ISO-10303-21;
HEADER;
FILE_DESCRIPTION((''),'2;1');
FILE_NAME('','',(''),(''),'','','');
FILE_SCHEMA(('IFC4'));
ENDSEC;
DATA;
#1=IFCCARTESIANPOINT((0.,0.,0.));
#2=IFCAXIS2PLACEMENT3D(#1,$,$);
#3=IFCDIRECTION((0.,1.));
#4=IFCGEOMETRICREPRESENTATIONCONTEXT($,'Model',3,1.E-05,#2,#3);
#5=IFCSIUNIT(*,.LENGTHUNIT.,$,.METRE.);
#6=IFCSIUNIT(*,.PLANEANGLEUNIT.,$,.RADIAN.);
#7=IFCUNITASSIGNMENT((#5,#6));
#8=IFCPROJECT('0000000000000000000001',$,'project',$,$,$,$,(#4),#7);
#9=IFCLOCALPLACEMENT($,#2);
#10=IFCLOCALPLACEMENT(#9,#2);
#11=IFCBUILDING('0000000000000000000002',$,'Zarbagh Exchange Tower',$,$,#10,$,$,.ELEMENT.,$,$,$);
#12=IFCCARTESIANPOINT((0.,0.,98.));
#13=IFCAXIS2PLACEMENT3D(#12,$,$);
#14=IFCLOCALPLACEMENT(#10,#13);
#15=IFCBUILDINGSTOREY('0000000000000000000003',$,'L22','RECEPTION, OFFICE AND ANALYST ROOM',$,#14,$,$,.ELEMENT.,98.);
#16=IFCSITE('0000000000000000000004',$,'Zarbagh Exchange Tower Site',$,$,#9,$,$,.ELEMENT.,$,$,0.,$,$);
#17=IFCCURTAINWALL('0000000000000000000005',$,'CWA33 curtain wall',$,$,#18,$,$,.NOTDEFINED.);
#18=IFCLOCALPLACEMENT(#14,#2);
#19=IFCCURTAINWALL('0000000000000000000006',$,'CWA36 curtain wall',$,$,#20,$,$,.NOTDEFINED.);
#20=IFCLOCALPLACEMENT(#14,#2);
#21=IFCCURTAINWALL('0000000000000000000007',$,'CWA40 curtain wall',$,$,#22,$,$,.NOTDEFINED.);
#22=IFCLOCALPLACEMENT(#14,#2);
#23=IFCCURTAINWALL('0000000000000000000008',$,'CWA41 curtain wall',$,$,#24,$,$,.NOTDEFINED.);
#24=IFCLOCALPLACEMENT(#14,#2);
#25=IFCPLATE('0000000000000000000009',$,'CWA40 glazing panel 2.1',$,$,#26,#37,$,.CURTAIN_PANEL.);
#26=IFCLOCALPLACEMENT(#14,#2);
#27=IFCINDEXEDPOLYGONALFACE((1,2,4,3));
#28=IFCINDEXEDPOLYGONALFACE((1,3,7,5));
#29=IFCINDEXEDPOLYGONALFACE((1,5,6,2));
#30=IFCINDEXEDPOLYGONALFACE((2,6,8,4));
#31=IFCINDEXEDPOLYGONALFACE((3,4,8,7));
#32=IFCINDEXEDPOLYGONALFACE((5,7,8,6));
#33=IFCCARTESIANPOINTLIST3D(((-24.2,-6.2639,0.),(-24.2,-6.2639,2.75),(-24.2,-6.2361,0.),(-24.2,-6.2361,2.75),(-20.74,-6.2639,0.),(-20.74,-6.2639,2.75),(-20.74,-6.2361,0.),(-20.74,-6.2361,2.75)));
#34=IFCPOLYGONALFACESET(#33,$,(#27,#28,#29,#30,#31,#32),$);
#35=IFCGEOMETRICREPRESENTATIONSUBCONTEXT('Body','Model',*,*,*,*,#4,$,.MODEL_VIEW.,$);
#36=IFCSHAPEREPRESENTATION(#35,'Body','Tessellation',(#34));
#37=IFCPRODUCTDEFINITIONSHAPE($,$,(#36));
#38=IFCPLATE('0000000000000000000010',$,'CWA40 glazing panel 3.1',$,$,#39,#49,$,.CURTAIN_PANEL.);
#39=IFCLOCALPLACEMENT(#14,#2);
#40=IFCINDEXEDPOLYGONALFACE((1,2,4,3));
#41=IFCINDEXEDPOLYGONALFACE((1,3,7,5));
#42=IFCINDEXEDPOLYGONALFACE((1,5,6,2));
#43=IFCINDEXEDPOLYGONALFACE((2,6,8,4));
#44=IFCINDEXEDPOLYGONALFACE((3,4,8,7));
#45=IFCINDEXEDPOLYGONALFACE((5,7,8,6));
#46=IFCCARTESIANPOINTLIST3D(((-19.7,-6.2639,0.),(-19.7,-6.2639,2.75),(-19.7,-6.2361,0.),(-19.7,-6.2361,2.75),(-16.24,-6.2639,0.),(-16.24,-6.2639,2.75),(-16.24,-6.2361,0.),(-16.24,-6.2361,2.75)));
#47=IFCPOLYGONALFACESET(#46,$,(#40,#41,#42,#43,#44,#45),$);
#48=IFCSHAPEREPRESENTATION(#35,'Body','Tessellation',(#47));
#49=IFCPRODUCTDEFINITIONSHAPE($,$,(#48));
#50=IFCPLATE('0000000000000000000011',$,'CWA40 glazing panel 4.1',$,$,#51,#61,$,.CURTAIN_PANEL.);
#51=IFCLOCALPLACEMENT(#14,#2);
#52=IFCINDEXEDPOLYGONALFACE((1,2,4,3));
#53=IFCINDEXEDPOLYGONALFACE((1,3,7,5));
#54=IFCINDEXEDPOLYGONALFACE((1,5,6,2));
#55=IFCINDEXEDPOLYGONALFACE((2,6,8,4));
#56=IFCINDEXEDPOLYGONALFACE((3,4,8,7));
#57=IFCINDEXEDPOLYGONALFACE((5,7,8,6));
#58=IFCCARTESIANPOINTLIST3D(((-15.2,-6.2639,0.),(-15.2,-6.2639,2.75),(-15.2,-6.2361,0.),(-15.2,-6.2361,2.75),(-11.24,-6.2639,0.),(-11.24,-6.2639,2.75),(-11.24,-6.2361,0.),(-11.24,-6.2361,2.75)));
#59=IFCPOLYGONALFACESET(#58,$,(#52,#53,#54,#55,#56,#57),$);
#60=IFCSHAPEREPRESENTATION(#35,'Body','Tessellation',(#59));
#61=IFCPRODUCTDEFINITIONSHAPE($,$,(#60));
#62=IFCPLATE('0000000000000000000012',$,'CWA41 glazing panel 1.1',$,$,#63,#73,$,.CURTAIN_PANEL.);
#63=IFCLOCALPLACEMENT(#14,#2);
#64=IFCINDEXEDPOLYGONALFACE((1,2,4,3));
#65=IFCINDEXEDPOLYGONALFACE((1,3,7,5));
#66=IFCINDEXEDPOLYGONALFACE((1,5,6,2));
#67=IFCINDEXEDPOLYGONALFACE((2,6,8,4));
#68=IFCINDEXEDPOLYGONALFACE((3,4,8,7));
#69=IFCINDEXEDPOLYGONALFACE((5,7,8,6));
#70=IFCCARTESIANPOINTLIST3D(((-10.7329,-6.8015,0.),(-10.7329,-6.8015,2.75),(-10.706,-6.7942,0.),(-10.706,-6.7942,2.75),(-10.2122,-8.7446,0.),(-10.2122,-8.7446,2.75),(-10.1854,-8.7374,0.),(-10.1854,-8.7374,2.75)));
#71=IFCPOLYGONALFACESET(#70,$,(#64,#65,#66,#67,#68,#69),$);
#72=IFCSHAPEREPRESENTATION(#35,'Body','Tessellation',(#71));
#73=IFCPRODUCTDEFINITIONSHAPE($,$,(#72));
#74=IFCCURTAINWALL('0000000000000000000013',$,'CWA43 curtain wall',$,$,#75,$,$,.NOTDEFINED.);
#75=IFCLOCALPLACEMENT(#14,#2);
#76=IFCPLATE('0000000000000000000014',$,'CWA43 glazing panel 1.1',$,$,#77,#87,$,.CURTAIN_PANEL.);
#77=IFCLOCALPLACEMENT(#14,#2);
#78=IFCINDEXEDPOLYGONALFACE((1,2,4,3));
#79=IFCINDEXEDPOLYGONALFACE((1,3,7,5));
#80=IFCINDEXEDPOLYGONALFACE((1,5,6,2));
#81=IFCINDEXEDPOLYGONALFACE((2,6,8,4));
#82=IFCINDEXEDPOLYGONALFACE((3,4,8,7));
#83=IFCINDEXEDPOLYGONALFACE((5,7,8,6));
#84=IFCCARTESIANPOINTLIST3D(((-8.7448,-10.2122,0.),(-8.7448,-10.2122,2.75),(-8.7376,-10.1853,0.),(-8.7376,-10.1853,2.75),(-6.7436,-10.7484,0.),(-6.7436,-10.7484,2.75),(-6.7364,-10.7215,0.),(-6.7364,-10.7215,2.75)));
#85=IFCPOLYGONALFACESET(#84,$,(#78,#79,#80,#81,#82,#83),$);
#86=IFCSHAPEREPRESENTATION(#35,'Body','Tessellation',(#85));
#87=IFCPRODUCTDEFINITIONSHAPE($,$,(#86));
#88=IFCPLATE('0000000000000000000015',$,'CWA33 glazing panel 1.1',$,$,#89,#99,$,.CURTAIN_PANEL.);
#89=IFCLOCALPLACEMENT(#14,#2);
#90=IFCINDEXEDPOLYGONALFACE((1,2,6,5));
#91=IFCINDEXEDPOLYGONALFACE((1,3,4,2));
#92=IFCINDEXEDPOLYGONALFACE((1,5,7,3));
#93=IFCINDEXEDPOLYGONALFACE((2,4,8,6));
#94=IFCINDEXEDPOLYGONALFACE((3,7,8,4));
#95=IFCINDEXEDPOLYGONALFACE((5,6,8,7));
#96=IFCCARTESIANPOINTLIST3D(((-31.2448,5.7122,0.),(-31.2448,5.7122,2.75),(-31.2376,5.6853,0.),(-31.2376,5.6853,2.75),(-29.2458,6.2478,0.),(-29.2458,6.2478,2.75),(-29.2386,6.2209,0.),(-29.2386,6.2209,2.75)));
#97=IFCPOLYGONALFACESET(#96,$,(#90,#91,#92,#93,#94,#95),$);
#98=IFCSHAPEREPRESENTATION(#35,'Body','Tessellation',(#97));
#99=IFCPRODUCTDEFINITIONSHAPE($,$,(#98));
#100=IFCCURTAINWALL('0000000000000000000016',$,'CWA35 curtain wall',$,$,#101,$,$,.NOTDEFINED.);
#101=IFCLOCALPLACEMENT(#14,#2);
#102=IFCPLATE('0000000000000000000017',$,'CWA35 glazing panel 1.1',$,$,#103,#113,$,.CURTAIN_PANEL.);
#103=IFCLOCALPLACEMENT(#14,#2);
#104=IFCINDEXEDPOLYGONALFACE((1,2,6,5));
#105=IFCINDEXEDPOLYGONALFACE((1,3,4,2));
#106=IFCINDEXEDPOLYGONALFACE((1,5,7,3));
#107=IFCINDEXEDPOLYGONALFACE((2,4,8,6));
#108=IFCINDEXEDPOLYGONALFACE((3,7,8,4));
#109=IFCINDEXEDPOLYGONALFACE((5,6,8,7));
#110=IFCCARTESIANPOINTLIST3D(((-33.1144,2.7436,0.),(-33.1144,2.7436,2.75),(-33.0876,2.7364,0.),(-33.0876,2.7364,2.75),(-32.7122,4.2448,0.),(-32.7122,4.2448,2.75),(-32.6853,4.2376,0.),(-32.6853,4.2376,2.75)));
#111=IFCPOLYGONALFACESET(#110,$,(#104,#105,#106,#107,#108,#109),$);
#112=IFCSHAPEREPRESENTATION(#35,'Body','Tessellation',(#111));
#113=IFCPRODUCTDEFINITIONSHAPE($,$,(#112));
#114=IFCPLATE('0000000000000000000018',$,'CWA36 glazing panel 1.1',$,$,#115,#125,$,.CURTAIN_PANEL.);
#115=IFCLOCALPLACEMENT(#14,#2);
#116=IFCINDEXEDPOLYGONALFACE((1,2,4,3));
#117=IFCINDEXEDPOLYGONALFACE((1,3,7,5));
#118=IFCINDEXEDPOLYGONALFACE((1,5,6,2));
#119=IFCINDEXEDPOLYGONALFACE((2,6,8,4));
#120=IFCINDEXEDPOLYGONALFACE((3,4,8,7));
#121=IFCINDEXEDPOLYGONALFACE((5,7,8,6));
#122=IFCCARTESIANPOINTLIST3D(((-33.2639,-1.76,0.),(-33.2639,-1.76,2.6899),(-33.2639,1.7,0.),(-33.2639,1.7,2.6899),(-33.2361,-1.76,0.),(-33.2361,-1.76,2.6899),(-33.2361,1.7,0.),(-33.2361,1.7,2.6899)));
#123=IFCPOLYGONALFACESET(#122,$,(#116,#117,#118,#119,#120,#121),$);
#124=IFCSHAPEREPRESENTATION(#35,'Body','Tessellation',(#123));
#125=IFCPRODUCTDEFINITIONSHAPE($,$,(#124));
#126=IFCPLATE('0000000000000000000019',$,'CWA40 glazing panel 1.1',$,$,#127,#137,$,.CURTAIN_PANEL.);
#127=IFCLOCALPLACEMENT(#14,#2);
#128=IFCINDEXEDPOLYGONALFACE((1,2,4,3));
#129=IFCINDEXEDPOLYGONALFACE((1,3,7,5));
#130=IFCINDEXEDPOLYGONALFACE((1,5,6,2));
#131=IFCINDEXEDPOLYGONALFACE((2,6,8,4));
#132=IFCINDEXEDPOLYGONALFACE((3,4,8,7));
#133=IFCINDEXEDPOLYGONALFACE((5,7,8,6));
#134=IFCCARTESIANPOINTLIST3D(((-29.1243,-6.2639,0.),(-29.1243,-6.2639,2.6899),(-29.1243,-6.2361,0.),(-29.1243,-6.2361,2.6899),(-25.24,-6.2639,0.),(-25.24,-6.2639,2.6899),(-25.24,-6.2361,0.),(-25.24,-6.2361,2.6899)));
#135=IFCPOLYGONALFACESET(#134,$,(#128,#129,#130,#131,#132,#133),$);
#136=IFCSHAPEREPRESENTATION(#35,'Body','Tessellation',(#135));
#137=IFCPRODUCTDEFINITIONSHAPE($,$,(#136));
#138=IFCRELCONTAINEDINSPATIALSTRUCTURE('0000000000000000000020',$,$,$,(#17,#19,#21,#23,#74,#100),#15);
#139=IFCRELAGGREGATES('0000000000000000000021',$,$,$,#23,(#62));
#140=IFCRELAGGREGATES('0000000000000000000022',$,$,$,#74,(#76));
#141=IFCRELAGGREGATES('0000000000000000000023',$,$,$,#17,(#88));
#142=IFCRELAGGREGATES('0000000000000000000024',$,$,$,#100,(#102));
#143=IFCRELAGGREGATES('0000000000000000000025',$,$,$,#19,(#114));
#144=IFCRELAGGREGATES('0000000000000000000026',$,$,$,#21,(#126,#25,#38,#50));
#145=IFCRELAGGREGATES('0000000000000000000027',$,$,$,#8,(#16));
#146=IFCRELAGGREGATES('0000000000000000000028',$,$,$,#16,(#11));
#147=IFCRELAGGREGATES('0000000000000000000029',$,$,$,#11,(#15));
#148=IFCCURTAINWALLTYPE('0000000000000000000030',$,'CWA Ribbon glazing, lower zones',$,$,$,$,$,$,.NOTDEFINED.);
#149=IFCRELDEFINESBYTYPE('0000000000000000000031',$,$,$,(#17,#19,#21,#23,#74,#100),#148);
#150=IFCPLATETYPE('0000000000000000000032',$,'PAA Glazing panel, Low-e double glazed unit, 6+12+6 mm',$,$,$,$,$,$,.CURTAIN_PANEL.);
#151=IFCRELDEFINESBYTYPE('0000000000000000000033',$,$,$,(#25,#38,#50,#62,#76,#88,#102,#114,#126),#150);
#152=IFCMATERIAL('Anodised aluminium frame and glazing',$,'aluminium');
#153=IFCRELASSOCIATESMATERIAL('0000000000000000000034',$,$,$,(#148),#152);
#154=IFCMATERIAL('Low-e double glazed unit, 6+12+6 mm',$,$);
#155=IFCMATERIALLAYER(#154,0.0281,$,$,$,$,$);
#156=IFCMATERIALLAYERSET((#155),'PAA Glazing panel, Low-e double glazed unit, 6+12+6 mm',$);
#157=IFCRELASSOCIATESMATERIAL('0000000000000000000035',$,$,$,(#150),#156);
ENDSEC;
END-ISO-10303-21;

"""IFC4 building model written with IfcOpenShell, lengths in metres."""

from ifc_helpers import new_model, si_unit, direction, frame, origin, place, context, subcontext, project, spatial, polyline, outline, extrude, source, transform, mapped, material, layer, layer_set, type_object, element, aggregate, save


model = new_model("IFC4")

# Units and contexts
model_context = context("Model", 3, precision=1e-05, world=origin(), true_north=direction((0.0, 1.0)))
body_context = subcontext(model_context, "Body", "Model", "MODEL_VIEW")
ifc_project = project(units=[si_unit("LENGTHUNIT", "METRE"), si_unit("PLANEANGLEUNIT", "RADIAN")], contexts=[model_context])

# Site, building, storey
site_placement = place(None, origin())
site = spatial("IfcSite", under=ifc_project, at=site_placement, Name="Zarbagh Exchange Tower Site", CompositionType="ELEMENT", RefElevation=0.0)
building_placement = place(site_placement, origin())
building = spatial("IfcBuilding", under=site, at=building_placement, Name="Zarbagh Exchange Tower", CompositionType="ELEMENT")
storey_placement = place(building_placement, frame((0.0, 0.0, 98.0)))
storey = spatial("IfcBuildingStorey", under=building, at=storey_placement, Name="L22", Description="RECEPTION, OFFICE AND ANALYST ROOM", CompositionType="ELEMENT", Elevation=98.0)

# Curtain walls
ifc_material_1 = material(Name="Anodised aluminium frame and glazing", Category="aluminium")
curtain_wall_type = type_object("IfcCurtainWallType", Name="CWA Ribbon glazing, lower zones", PredefinedType="NOTDEFINED", material=ifc_material_1)
curtain_wall_1_placement = place(storey_placement, origin())
curtain_wall_1 = element("IfcCurtainWall", 1, at=curtain_wall_1_placement, inside=storey, type_object=curtain_wall_type, Name="CWA33 curtain wall", PredefinedType="NOTDEFINED")
placement = place(storey_placement, origin())
curtain_wall_2_placement = place(storey_placement, origin())
curtain_wall_2 = element("IfcCurtainWall", 2, at=curtain_wall_2_placement, inside=storey, type_object=curtain_wall_type, Name="CWA36 curtain wall", PredefinedType="NOTDEFINED")

# Curtain wall
curtain_wall_3_placement = place(storey_placement, origin())
curtain_wall_3 = element("IfcCurtainWall", 3, at=curtain_wall_3_placement, inside=storey, type_object=curtain_wall_type, Name="CWA40 curtain wall", PredefinedType="NOTDEFINED")

# Curtain wall
curtain_wall_4_placement = place(storey_placement, origin())
curtain_wall_4 = element("IfcCurtainWall", 4, at=curtain_wall_4_placement, inside=storey, type_object=curtain_wall_type, Name="CWA41 curtain wall", PredefinedType="NOTDEFINED")

# Shared definitions
ifc_material_2 = material(Name="Low-e double glazed unit, 6+12+6 mm")
ifc_layer = layer(ifc_material_2, 0.0281)
ifc_layer_set = layer_set([ifc_layer], Name="PAA Glazing panel, Low-e double glazed unit, 6+12+6 mm")
plate_type = type_object("IfcPlateType", Name="PAA Glazing panel, Low-e double glazed unit, 6+12+6 mm", PredefinedType="CURTAIN_PANEL", material=ifc_layer_set)

# Plates
shared_shape_1 = source(origin(), body_context, "Body", "SweptSolid", [
    extrude(outline(polyline([(0.0, -0.0139), (3.46, -0.0139), (3.46, 0.0139), (0.0, 0.0139), (0.0, -0.0139)])), origin(), (0.0, 0.0, 1.0), 2.75),
])
plate_1 = element("IfcPlate", 5, at=placement, type_object=plate_type, Name="CWA40 glazing panel 2.1", PredefinedType="CURTAIN_PANEL", context=body_context, shape_type="MappedRepresentation", body=[
    mapped(shared_shape_1, transform((-24.2, -6.25, 0.0), x_axis=(1.0, 0.0, 0.0), y_axis=(0.0, 1.0, 0.0), z_axis=(0.0, 0.0, 1.0))),
])
plate_2 = element("IfcPlate", 6, at=placement, type_object=plate_type, Name="CWA40 glazing panel 3.1", PredefinedType="CURTAIN_PANEL", context=body_context, shape_type="MappedRepresentation", body=[
    mapped(shared_shape_1, transform((-19.7, -6.25, 0.0), x_axis=(1.0, 0.0, 0.0), y_axis=(0.0, 1.0, 0.0), z_axis=(0.0, 0.0, 1.0))),
])
shared_shape_2 = source(origin(), body_context, "Body", "SweptSolid", [
    extrude(outline(polyline([(0.0, -0.0139), (3.96, -0.0139), (3.96, 0.0139), (0.0, 0.0139), (0.0, -0.0139)])), origin(), (0.0, 0.0, 1.0), 2.75),
])
plate_3 = element("IfcPlate", 7, at=placement, type_object=plate_type, Name="CWA40 glazing panel 4.1", PredefinedType="CURTAIN_PANEL", context=body_context, shape_type="MappedRepresentation", body=[
    mapped(shared_shape_2, transform((-15.2, -6.25, 0.0), x_axis=(1.0, 0.0, 0.0), y_axis=(0.0, 1.0, 0.0), z_axis=(0.0, 0.0, 1.0))),
])
shared_shape_3 = source(origin(), body_context, "Body", "SweptSolid", [
    extrude(outline(polyline([(0.0, -0.0139), (2.0117, -0.0139), (2.0117, 0.0139), (0.0, 0.0139), (0.0, -0.0139)])), origin(), (0.0, 0.0, 1.0), 2.75),
])
plate_4 = element("IfcPlate", 8, at=placement, type_object=plate_type, Name="CWA41 glazing panel 1.1", PredefinedType="CURTAIN_PANEL", context=body_context, shape_type="MappedRepresentation", body=[
    mapped(shared_shape_3, transform((-10.7195, -6.7979, 0.0), x_axis=(0.258825, -0.965924, 0.0), y_axis=(0.965924, 0.258825, 0.0), z_axis=(0.0, 0.0, 1.0))),
])
aggregate(curtain_wall_4, [plate_4])

# Curtain wall, plate
curtain_wall_5_placement = place(storey_placement, origin())
curtain_wall_5 = element("IfcCurtainWall", 9, at=curtain_wall_5_placement, inside=storey, type_object=curtain_wall_type, Name="CWA43 curtain wall", PredefinedType="NOTDEFINED")
shared_shape_4 = source(origin(), body_context, "Body", "SweptSolid", [
    extrude(outline(polyline([(0.0, -0.0139), (2.0718, -0.0139), (2.0718, 0.0139), (0.0, 0.0139), (0.0, -0.0139)])), origin(), (0.0, 0.0, 1.0), 2.75),
])
plate_5 = element("IfcPlate", 10, at=placement, type_object=plate_type, Name="CWA43 glazing panel 1.1", PredefinedType="CURTAIN_PANEL", context=body_context, shape_type="MappedRepresentation", body=[
    mapped(shared_shape_4, transform((-8.7412, -10.1987, 0.0), x_axis=(0.965924, -0.258825, 0.0), y_axis=(0.258825, 0.965924, 0.0), z_axis=(0.0, 0.0, 1.0))),
])
aggregate(curtain_wall_5, [plate_5])

# Plate
shared_shape_5 = source(origin(), body_context, "Body", "SweptSolid", [
    extrude(outline(polyline([(0.0, -0.0139), (2.0696, -0.0139), (2.0696, 0.0139), (0.0, 0.0139), (0.0, -0.0139)])), origin(), (0.0, 0.0, 1.0), 2.75),
])
plate_6 = element("IfcPlate", 11, at=placement, type_object=plate_type, Name="CWA33 glazing panel 1.1", PredefinedType="CURTAIN_PANEL", context=body_context, shape_type="MappedRepresentation", body=[
    mapped(shared_shape_5, transform((-29.2422, 6.2344, 0.0), x_axis=(-0.965924, -0.258825, 0.0), y_axis=(0.258825, -0.965924, 0.0), z_axis=(0.0, 0.0, 1.0))),
])
aggregate(curtain_wall_1, [plate_6])

# Curtain wall, plate
curtain_wall_6_placement = place(storey_placement, origin())
curtain_wall_6 = element("IfcCurtainWall", 12, at=curtain_wall_6_placement, inside=storey, type_object=curtain_wall_type, Name="CWA35 curtain wall", PredefinedType="NOTDEFINED")
shared_shape_6 = source(origin(), body_context, "Body", "SweptSolid", [
    extrude(outline(polyline([(0.0, -0.0139), (1.5542, -0.0139), (1.5542, 0.0139), (0.0, 0.0139), (0.0, -0.0139)])), origin(), (0.0, 0.0, 1.0), 2.75),
])
plate_7 = element("IfcPlate", 13, at=placement, type_object=plate_type, Name="CWA35 glazing panel 1.1", PredefinedType="CURTAIN_PANEL", context=body_context, shape_type="MappedRepresentation", body=[
    mapped(shared_shape_6, transform((-32.6987, 4.2412, 0.0), x_axis=(-0.258825, -0.965924, 0.0), y_axis=(0.965924, -0.258825, 0.0), z_axis=(0.0, 0.0, 1.0))),
])
aggregate(curtain_wall_6, [plate_7])

# Plates
shared_shape_7 = source(origin(), body_context, "Body", "SweptSolid", [
    extrude(outline(polyline([(0.0, -0.0139), (3.46, -0.0139), (3.46, 0.0139), (0.0, 0.0139), (0.0, -0.0139)])), origin(), (0.0, 0.0, 1.0), 2.6899),
])
plate_8 = element("IfcPlate", 14, at=placement, type_object=plate_type, Name="CWA36 glazing panel 1.1", PredefinedType="CURTAIN_PANEL", context=body_context, shape_type="MappedRepresentation", body=[
    mapped(shared_shape_7, transform((-33.25, 1.7, 0.0), x_axis=(0.0, -1.0, 0.0), y_axis=(1.0, 0.0, 0.0), z_axis=(0.0, 0.0, 1.0))),
])
aggregate(curtain_wall_2, [plate_8])
shared_shape_8 = source(origin(), body_context, "Body", "SweptSolid", [
    extrude(outline(polyline([(0.0, -0.0139), (3.8843, -0.0139), (3.8843, 0.0139), (0.0, 0.0139), (0.0, -0.0139)])), origin(), (0.0, 0.0, 1.0), 2.6899),
])
plate_9 = element("IfcPlate", 15, at=placement, type_object=plate_type, Name="CWA40 glazing panel 1.1", PredefinedType="CURTAIN_PANEL", context=body_context, shape_type="MappedRepresentation", body=[
    mapped(shared_shape_8, transform((-29.1243, -6.25, 0.0), x_axis=(1.0, 0.0, 0.0), y_axis=(0.0, 1.0, 0.0), z_axis=(0.0, 0.0, 1.0))),
])
aggregate(curtain_wall_3, [plate_9, plate_1, plate_2, plate_3])

save(model, "model.ifc")
